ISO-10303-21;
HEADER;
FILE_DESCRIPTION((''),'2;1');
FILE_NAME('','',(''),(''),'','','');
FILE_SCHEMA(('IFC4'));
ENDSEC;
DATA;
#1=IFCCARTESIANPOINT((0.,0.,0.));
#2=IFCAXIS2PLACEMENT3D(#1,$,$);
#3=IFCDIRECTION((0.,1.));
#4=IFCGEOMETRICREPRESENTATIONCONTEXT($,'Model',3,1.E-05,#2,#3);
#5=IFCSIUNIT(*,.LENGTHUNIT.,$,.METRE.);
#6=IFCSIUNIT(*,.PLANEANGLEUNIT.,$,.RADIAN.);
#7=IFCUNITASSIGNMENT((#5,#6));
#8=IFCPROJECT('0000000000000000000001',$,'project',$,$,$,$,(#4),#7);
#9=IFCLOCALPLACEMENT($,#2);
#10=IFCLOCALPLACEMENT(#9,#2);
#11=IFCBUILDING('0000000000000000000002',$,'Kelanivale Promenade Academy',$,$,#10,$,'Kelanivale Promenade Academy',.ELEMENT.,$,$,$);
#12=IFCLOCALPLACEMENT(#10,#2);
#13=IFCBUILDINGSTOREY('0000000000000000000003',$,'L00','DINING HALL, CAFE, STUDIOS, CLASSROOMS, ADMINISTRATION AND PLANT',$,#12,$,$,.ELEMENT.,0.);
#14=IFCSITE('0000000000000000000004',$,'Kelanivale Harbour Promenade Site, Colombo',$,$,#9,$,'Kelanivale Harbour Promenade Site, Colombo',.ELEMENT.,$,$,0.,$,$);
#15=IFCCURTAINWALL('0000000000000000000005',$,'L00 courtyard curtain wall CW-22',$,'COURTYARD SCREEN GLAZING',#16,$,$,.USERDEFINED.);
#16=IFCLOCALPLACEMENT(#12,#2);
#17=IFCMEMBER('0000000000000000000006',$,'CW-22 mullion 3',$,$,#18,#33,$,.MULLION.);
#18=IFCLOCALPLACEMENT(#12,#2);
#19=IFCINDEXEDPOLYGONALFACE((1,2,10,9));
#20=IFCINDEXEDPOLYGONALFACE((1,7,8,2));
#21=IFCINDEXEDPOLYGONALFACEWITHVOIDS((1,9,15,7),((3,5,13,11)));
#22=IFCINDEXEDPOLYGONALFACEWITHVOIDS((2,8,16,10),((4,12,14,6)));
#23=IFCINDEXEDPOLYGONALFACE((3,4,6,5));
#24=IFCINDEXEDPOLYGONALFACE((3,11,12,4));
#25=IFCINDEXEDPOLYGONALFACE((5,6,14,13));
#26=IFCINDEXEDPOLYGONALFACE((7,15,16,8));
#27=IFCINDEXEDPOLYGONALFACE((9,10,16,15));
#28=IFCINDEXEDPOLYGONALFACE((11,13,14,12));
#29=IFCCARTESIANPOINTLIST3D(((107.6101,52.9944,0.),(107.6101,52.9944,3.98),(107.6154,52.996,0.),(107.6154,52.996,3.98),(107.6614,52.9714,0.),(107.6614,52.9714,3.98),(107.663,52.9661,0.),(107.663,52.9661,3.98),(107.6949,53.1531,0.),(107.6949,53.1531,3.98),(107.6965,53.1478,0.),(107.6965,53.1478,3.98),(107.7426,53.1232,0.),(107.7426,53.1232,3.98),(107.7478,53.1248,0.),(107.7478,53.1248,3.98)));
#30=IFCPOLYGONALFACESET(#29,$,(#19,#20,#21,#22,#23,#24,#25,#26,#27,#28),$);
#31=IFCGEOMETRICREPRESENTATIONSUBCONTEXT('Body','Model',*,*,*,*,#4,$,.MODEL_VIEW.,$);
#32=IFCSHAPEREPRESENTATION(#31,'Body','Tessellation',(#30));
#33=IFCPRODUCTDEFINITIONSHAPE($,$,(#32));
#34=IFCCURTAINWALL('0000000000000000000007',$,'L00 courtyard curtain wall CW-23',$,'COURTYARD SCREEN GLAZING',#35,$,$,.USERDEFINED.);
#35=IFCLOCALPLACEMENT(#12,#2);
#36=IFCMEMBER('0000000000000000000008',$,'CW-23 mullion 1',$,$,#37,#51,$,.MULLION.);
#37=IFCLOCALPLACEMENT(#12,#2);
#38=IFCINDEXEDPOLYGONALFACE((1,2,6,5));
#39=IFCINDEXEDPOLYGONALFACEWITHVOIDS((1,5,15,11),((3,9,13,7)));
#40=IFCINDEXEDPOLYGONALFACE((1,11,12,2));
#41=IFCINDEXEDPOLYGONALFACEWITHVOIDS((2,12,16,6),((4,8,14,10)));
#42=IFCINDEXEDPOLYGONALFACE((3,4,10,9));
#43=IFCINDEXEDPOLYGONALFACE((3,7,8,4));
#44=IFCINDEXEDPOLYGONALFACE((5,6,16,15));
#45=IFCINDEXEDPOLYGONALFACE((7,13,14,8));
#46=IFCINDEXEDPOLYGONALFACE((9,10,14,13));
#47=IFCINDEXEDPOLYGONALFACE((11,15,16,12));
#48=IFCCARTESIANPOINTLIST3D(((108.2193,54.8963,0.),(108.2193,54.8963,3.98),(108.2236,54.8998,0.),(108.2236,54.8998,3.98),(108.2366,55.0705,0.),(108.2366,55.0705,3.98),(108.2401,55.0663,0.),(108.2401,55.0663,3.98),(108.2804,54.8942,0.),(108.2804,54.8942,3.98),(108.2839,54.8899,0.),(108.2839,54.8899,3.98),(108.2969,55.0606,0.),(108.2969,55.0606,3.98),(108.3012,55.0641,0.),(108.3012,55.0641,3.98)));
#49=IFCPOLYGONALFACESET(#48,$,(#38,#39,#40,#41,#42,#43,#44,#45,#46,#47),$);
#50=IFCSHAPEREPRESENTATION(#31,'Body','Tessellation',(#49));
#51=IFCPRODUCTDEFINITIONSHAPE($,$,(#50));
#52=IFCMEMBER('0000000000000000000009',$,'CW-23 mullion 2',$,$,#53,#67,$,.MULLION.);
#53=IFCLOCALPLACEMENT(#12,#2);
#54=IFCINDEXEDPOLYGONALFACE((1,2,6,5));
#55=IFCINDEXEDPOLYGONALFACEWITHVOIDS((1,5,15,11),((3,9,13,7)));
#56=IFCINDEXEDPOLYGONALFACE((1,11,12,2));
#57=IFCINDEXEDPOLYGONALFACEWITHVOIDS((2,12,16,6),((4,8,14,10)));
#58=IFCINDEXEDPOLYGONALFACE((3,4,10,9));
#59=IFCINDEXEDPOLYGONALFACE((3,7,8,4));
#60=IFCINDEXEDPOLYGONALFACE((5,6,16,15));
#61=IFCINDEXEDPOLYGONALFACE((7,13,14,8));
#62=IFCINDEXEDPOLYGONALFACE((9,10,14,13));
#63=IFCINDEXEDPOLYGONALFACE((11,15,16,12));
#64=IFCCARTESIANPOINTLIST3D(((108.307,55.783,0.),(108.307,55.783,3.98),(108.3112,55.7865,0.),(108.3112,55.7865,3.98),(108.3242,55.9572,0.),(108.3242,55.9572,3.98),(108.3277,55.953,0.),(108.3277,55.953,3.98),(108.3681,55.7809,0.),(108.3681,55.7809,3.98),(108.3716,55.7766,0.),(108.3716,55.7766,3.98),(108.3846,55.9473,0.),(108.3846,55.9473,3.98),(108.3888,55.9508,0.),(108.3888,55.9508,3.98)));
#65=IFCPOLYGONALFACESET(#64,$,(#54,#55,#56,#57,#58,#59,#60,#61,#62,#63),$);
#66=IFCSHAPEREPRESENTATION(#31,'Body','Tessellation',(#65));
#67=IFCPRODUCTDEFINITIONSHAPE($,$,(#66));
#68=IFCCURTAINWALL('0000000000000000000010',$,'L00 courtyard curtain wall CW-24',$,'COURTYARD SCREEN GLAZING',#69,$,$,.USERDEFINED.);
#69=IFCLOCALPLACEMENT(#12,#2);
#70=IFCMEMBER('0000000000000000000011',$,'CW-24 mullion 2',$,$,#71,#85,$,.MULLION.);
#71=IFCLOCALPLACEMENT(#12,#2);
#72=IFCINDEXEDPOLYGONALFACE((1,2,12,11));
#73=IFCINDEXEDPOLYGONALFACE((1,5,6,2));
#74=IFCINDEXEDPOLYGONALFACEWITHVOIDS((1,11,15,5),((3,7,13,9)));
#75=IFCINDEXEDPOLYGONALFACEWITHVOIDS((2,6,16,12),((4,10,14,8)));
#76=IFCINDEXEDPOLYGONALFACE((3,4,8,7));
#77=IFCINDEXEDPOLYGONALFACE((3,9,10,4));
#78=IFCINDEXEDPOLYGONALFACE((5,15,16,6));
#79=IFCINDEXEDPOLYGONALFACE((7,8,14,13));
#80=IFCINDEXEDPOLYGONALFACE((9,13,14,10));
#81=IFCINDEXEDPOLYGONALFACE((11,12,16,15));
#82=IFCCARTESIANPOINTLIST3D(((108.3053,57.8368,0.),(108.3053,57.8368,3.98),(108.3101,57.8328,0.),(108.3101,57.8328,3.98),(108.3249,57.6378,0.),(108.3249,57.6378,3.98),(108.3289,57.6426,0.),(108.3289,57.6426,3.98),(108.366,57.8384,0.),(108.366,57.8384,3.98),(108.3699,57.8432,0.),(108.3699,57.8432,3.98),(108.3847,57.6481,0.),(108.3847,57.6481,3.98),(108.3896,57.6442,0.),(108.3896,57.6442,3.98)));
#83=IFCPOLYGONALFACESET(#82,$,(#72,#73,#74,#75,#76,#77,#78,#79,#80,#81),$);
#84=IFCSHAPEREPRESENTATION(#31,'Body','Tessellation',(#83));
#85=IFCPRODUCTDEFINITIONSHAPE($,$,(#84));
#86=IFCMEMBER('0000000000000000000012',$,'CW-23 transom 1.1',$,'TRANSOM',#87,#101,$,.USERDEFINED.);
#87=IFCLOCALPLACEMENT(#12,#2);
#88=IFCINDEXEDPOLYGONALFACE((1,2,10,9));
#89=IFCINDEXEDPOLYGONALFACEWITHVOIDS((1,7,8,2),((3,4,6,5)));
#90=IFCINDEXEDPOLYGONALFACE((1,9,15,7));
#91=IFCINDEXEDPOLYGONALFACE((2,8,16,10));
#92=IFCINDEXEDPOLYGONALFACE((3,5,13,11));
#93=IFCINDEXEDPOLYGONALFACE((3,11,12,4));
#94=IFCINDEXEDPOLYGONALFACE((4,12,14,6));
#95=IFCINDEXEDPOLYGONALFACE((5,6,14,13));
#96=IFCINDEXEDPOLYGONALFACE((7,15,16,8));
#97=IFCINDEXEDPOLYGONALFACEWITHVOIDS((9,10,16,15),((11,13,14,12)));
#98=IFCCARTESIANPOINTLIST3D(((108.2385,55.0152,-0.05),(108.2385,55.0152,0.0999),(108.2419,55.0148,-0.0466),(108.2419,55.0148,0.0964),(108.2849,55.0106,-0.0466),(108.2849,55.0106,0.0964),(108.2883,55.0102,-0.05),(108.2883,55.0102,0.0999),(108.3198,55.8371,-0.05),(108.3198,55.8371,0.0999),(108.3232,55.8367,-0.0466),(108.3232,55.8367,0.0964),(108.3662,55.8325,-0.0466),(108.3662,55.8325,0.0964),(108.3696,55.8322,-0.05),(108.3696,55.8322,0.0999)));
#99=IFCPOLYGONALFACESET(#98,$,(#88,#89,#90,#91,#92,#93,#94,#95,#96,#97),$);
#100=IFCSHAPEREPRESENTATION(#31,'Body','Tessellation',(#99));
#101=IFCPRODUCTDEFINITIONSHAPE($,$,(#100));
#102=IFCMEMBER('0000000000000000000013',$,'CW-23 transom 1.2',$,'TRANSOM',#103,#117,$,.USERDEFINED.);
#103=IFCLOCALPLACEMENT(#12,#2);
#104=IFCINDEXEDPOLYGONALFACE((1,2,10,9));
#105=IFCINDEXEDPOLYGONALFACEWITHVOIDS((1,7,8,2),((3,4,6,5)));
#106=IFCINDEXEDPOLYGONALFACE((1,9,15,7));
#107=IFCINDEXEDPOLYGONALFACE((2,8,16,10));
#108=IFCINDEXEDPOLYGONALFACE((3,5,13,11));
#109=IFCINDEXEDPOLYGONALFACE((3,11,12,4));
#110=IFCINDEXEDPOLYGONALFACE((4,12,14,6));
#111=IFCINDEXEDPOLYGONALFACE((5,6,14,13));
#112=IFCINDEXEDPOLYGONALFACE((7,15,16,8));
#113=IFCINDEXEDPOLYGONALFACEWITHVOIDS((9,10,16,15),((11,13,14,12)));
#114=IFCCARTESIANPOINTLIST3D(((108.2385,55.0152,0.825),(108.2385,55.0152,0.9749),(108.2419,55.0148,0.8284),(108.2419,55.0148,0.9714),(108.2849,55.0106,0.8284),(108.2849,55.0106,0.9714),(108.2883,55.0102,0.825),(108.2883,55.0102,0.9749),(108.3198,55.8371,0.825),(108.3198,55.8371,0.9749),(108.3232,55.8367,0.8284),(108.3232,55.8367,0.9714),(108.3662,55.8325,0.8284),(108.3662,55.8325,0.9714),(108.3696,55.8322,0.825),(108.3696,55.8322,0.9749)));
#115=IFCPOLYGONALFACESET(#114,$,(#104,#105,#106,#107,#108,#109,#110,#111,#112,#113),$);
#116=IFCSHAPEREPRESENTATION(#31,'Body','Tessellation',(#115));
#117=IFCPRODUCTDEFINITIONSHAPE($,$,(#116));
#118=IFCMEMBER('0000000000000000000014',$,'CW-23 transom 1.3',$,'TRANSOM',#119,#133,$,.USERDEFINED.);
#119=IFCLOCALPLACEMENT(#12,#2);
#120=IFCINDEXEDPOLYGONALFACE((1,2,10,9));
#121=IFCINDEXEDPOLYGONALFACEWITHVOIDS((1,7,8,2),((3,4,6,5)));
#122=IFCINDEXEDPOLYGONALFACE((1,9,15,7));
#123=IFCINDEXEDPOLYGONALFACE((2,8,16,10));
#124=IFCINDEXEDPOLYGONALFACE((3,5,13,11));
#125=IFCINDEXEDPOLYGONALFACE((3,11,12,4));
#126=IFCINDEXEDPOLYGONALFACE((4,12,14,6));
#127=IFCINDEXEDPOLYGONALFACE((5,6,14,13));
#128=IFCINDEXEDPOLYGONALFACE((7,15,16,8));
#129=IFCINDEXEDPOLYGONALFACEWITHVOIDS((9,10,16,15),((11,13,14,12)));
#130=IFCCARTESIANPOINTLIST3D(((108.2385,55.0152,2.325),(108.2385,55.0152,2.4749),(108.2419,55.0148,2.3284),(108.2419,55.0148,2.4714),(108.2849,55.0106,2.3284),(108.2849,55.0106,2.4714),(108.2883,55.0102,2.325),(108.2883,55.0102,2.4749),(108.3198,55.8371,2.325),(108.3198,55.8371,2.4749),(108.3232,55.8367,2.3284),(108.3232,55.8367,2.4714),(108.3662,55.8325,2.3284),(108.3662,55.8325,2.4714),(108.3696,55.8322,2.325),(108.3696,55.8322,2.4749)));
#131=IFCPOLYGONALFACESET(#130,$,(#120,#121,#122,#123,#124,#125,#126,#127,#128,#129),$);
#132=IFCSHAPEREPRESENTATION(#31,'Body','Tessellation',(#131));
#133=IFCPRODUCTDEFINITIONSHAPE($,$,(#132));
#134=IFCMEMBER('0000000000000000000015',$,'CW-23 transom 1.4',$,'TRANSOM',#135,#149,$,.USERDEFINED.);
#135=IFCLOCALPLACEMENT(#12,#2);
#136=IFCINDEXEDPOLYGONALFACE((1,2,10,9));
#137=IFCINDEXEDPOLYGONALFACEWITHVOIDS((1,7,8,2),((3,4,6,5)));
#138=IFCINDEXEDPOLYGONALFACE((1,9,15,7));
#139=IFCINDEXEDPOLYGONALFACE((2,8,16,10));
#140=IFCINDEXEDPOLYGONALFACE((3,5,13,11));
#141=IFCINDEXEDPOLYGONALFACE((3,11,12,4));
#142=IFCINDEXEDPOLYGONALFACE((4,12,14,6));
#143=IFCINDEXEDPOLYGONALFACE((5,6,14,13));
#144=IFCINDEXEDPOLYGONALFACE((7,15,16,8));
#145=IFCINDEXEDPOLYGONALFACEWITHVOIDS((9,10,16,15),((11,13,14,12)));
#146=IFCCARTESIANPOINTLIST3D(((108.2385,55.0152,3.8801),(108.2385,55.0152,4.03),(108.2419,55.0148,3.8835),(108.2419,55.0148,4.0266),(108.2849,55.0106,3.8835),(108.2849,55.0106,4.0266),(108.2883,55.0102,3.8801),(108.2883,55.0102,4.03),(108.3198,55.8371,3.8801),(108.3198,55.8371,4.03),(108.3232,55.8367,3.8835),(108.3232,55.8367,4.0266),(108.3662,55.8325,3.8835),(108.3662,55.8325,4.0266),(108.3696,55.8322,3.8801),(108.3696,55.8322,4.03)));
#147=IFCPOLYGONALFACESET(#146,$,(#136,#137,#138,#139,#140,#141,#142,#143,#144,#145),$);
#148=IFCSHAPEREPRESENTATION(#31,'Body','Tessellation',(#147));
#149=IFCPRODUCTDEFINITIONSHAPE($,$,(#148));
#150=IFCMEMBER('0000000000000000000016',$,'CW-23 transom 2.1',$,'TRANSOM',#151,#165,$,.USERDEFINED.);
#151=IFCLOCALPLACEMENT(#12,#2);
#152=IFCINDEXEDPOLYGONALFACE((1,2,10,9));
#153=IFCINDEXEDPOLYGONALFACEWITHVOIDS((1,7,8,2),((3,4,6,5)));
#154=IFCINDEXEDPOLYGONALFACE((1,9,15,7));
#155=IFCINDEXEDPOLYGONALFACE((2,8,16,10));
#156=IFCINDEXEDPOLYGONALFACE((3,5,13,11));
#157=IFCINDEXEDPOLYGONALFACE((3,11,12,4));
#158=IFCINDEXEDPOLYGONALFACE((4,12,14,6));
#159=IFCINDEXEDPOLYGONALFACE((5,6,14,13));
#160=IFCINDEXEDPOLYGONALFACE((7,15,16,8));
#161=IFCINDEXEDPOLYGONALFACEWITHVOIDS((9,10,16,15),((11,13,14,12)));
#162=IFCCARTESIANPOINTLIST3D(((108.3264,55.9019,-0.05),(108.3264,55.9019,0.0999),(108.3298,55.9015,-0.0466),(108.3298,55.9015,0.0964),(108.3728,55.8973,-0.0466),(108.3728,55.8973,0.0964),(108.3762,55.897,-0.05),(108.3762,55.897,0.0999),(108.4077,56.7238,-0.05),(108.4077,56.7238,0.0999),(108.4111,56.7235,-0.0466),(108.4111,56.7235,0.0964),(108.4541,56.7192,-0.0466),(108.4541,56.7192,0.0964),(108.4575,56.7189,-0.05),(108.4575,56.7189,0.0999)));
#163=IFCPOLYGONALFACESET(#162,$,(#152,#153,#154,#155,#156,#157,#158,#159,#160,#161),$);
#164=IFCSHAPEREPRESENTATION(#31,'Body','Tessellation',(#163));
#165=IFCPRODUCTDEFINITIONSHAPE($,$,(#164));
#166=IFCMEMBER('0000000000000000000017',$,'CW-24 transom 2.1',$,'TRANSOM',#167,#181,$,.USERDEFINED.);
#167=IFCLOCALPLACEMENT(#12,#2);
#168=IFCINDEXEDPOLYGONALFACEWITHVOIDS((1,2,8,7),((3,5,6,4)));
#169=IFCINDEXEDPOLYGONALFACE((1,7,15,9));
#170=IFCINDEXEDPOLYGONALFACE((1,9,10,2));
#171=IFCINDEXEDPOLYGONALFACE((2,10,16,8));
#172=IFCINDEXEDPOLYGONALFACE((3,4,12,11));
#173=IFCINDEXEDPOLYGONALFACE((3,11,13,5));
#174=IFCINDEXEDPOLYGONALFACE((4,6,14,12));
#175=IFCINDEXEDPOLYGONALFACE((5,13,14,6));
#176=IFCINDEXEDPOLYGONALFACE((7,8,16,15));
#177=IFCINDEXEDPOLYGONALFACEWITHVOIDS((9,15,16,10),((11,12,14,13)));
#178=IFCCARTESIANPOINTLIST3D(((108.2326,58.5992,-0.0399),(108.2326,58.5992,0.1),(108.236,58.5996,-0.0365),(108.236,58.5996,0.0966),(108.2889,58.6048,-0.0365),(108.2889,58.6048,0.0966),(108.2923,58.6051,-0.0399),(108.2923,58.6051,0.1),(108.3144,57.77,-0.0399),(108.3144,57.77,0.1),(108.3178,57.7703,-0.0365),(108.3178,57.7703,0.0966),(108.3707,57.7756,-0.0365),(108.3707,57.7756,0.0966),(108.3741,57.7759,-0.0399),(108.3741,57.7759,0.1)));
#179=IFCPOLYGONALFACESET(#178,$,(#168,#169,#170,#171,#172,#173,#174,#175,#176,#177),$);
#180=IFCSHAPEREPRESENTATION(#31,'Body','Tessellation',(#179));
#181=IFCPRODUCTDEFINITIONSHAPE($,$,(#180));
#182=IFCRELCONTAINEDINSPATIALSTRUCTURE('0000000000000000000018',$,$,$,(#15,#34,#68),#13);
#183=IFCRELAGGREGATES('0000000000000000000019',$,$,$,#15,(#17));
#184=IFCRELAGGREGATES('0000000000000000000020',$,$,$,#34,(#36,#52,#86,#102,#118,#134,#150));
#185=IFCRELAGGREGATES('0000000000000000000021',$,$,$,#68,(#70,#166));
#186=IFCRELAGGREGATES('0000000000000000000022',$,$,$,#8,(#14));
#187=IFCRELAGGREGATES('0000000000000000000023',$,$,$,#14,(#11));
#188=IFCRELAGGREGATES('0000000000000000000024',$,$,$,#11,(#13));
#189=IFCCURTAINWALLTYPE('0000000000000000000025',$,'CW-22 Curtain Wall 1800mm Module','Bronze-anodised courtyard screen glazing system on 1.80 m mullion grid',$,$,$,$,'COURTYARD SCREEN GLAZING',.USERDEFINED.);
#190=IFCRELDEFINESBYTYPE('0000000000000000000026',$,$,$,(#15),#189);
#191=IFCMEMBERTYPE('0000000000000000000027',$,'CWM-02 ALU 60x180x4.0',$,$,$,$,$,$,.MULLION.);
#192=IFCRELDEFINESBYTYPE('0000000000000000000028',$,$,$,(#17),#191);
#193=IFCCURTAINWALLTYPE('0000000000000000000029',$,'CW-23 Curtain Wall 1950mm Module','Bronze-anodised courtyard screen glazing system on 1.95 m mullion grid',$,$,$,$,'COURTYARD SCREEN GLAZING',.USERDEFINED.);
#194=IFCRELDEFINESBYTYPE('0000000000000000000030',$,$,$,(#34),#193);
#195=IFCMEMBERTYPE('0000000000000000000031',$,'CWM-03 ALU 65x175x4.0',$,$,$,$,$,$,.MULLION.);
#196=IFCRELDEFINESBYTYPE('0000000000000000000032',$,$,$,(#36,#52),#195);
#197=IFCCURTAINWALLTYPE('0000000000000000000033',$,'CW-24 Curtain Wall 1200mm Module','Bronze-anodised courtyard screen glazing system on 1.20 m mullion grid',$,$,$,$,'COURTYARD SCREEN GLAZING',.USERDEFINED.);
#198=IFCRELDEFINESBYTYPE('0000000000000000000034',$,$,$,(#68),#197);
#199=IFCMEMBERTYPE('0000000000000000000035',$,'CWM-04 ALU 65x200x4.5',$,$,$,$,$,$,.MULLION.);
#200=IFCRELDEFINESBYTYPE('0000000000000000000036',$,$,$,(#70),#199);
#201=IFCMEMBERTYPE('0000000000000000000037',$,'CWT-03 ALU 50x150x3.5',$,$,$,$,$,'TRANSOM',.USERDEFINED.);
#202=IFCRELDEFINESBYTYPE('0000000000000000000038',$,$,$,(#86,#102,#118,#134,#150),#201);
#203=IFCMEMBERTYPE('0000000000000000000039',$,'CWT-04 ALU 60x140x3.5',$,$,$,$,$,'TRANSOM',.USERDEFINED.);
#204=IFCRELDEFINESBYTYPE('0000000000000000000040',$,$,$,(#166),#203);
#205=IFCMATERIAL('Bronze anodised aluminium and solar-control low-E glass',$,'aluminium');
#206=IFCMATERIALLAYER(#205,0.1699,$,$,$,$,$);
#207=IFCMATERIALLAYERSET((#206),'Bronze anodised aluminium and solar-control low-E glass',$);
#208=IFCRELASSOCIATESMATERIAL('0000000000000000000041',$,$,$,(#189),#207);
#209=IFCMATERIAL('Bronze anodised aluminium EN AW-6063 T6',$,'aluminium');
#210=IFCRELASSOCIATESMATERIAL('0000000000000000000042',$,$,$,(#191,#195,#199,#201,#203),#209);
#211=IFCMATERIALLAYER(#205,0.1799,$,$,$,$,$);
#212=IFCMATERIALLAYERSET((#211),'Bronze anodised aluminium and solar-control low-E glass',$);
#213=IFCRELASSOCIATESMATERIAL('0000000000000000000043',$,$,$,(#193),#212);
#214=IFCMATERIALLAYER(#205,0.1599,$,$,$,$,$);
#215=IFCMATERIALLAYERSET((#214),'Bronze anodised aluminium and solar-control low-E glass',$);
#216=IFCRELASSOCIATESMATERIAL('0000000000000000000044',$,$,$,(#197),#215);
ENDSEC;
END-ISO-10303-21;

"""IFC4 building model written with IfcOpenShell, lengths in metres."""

from ifc_helpers import new_model, si_unit, direction, frame, origin, origin_2d, place, context, subcontext, project, spatial, hollow_rectangle, extrude, material, layer, layer_set, material_profile, profile_set, type_object, element, aggregate, save


model = new_model("IFC4")

# Units and contexts
model_context = context("Model", 3, precision=1e-05, world=origin(), true_north=direction((0.0, 1.0)))
body_context = subcontext(model_context, "Body", "Model", "MODEL_VIEW")
ifc_project = project(units=[si_unit("LENGTHUNIT", "METRE"), si_unit("PLANEANGLEUNIT", "RADIAN")], contexts=[model_context])

# Site, building, storey
site_placement = place(None, origin())
site = spatial("IfcSite", under=ifc_project, at=site_placement, Name="Kelanivale Harbour Promenade Site, Colombo", LongName="Kelanivale Harbour Promenade Site, Colombo", CompositionType="ELEMENT", RefElevation=0.0)
building_placement = place(site_placement, origin())
building = spatial("IfcBuilding", under=site, at=building_placement, Name="Kelanivale Promenade Academy", LongName="Kelanivale Promenade Academy", CompositionType="ELEMENT")
storey_placement = place(building_placement, origin())
storey = spatial("IfcBuildingStorey", under=building, at=storey_placement, Name="L00", Description="DINING HALL, CAFE, STUDIOS, CLASSROOMS, ADMINISTRATION AND PLANT", CompositionType="ELEMENT", Elevation=0.0)

# Curtain wall, member
ifc_material_1 = material(Name="Bronze anodised aluminium and solar-control low-E glass", Category="aluminium")
ifc_layer_1 = layer(ifc_material_1, 0.1699)
ifc_layer_set_1 = layer_set([ifc_layer_1], Name="Bronze anodised aluminium and solar-control low-E glass")
curtain_wall_type_1 = type_object("IfcCurtainWallType", Name="CW-22 Curtain Wall 1800mm Module", Description="Bronze-anodised courtyard screen glazing system on 1.80 m mullion grid", ElementType="COURTYARD SCREEN GLAZING", PredefinedType="USERDEFINED", material=ifc_layer_set_1)
curtain_wall_1_placement = place(storey_placement, origin())
curtain_wall_1 = element("IfcCurtainWall", 1, at=curtain_wall_1_placement, inside=storey, type_object=curtain_wall_type_1, Name="L00 courtyard curtain wall CW-22", ObjectType="COURTYARD SCREEN GLAZING", PredefinedType="USERDEFINED")
ifc_material_2 = material(Name="Bronze anodised aluminium EN AW-6063 T6", Category="aluminium")
ifc_material_profile_1 = material_profile(ifc_material_2, hollow_rectangle(XDim=0.0601, YDim=0.1799, WallThickness=0.0039, at=origin_2d()), Name="ALU 60x180x4.0")
ifc_profile_set_1 = profile_set([ifc_material_profile_1], Name="Bronze anodised aluminium EN AW-6063 T6")
member_type_1 = type_object("IfcMemberType", Name="CWM-02 ALU 60x180x4.0", PredefinedType="MULLION", material=ifc_profile_set_1)
member_1_placement = place(storey_placement, frame((107.679, 53.0596, 0.0), z_axis=(0.0, 0.0, 1.0), x_axis=(-0.881978, 0.47129, 0.0)))
member_1 = element("IfcMember", 2, at=member_1_placement, type_object=member_type_1, Name="CW-22 mullion 3", PredefinedType="MULLION", context=body_context, shape_type="SweptSolid", body=[
    extrude(hollow_rectangle(XDim=0.0601, YDim=0.1799, WallThickness=0.0039, at=origin_2d()), origin(), (0.0, 0.0, 1.0), 3.98),
])

# Curtain wall, members
ifc_layer_2 = layer(ifc_material_1, 0.1799)
ifc_layer_set_2 = layer_set([ifc_layer_2], Name="Bronze anodised aluminium and solar-control low-E glass")
curtain_wall_type_2 = type_object("IfcCurtainWallType", Name="CW-23 Curtain Wall 1950mm Module", Description="Bronze-anodised courtyard screen glazing system on 1.95 m mullion grid", ElementType="COURTYARD SCREEN GLAZING", PredefinedType="USERDEFINED", material=ifc_layer_set_2)
curtain_wall_2_placement = place(storey_placement, origin())
curtain_wall_2 = element("IfcCurtainWall", 3, at=curtain_wall_2_placement, inside=storey, type_object=curtain_wall_type_2, Name="L00 courtyard curtain wall CW-23", ObjectType="COURTYARD SCREEN GLAZING", PredefinedType="USERDEFINED")
ifc_material_profile_2 = material_profile(ifc_material_2, hollow_rectangle(XDim=0.0649, YDim=0.175, WallThickness=0.0039, at=origin_2d()), Name="ALU 65x175x4.0")
ifc_profile_set_2 = profile_set([ifc_material_profile_2], Name="Bronze anodised aluminium EN AW-6063 T6")
member_type_2 = type_object("IfcMemberType", Name="CWM-03 ALU 65x175x4.0", PredefinedType="MULLION", material=ifc_profile_set_2)
member_2_placement = place(storey_placement, frame((108.2603, 54.9802, 0.0), z_axis=(0.0, 0.0, 1.0), x_axis=(-0.995133, 0.098539, 0.0)))
member_2 = element("IfcMember", 4, at=member_2_placement, type_object=member_type_2, Name="CW-23 mullion 1", PredefinedType="MULLION", context=body_context, shape_type="SweptSolid", body=[
    extrude(hollow_rectangle(XDim=0.0649, YDim=0.175, WallThickness=0.0039, at=origin_2d()), origin(), (0.0, 0.0, 1.0), 3.98),
])
member_3_placement = place(storey_placement, frame((108.3479, 55.8669, 0.0), z_axis=(0.0, 0.0, 1.0), x_axis=(-0.995133, 0.098539, 0.0)))
member_3 = element("IfcMember", 5, at=member_3_placement, type_object=member_type_2, Name="CW-23 mullion 2", PredefinedType="MULLION", context=body_context, shape_type="SweptSolid", body=[
    extrude(hollow_rectangle(XDim=0.0649, YDim=0.175, WallThickness=0.0039, at=origin_2d()), origin(), (0.0, 0.0, 1.0), 3.98),
])

# Curtain wall, member
ifc_layer_3 = layer(ifc_material_1, 0.1599)
ifc_layer_set_3 = layer_set([ifc_layer_3], Name="Bronze anodised aluminium and solar-control low-E glass")
curtain_wall_type_3 = type_object("IfcCurtainWallType", Name="CW-24 Curtain Wall 1200mm Module", Description="Bronze-anodised courtyard screen glazing system on 1.20 m mullion grid", ElementType="COURTYARD SCREEN GLAZING", PredefinedType="USERDEFINED", material=ifc_layer_set_3)
curtain_wall_3_placement = place(storey_placement, origin())
curtain_wall_3 = element("IfcCurtainWall", 6, at=curtain_wall_3_placement, inside=storey, type_object=curtain_wall_type_3, Name="L00 courtyard curtain wall CW-24", ObjectType="COURTYARD SCREEN GLAZING", PredefinedType="USERDEFINED")
ifc_material_profile_3 = material_profile(ifc_material_2, hollow_rectangle(XDim=0.0649, YDim=0.2, WallThickness=0.0044, at=origin_2d()), Name="ALU 65x200x4.5")
ifc_profile_set_3 = profile_set([ifc_material_profile_3], Name="Bronze anodised aluminium EN AW-6063 T6")
member_type_3 = type_object("IfcMemberType", Name="CWM-04 ALU 65x200x4.5", PredefinedType="MULLION", material=ifc_profile_set_3)
member_4_placement = place(storey_placement, frame((108.3474, 57.7405, 0.0), z_axis=(0.0, 0.0, 1.0), x_axis=(-0.995159, -0.098281, 0.0)))
member_4 = element("IfcMember", 7, at=member_4_placement, type_object=member_type_3, Name="CW-24 mullion 2", PredefinedType="MULLION", context=body_context, shape_type="SweptSolid", body=[
    extrude(hollow_rectangle(XDim=0.0649, YDim=0.2, WallThickness=0.0044, at=origin_2d()), origin(), (0.0, 0.0, 1.0), 3.98),
])

# Members
ifc_material_profile_4 = material_profile(ifc_material_2, hollow_rectangle(XDim=0.05, YDim=0.1499, WallThickness=0.0034, at=origin_2d()), Name="ALU 50x150x3.5")
ifc_profile_set_4 = profile_set([ifc_material_profile_4], Name="Bronze anodised aluminium EN AW-6063 T6")
member_type_4 = type_object("IfcMemberType", Name="CWT-03 ALU 50x150x3.5", ElementType="TRANSOM", PredefinedType="USERDEFINED", material=ifc_profile_set_4)
member_5_placement = place(storey_placement, frame((108.2634, 55.0127, 0.0249), z_axis=(0.098421, 0.995145, 0.0), x_axis=(-0.995145, 0.098421, 0.0)))
member_5 = element("IfcMember", 8, at=member_5_placement, type_object=member_type_4, Name="CW-23 transom 1.1", ObjectType="TRANSOM", PredefinedType="USERDEFINED", context=body_context, shape_type="SweptSolid", body=[
    extrude(hollow_rectangle(XDim=0.05, YDim=0.1499, WallThickness=0.0034, at=origin_2d()), origin(), (0.0, 0.0, 1.0), 0.8259),
])
member_6_placement = place(storey_placement, frame((108.2634, 55.0127, 0.8999), z_axis=(0.098421, 0.995145, 0.0), x_axis=(-0.995145, 0.098421, 0.0)))
member_6 = element("IfcMember", 9, at=member_6_placement, type_object=member_type_4, Name="CW-23 transom 1.2", ObjectType="TRANSOM", PredefinedType="USERDEFINED", context=body_context, shape_type="SweptSolid", body=[
    extrude(hollow_rectangle(XDim=0.05, YDim=0.1499, WallThickness=0.0034, at=origin_2d()), origin(), (0.0, 0.0, 1.0), 0.8259),
])
member_7_placement = place(storey_placement, frame((108.2634, 55.0127, 2.3999), z_axis=(0.098421, 0.995145, 0.0), x_axis=(-0.995145, 0.098421, 0.0)))
member_7 = element("IfcMember", 10, at=member_7_placement, type_object=member_type_4, Name="CW-23 transom 1.3", ObjectType="TRANSOM", PredefinedType="USERDEFINED", context=body_context, shape_type="SweptSolid", body=[
    extrude(hollow_rectangle(XDim=0.05, YDim=0.1499, WallThickness=0.0034, at=origin_2d()), origin(), (0.0, 0.0, 1.0), 0.8259),
])
member_8_placement = place(storey_placement, frame((108.2634, 55.0127, 3.9551), z_axis=(0.098421, 0.995145, 0.0), x_axis=(-0.995145, 0.098421, 0.0)))
member_8 = element("IfcMember", 11, at=member_8_placement, type_object=member_type_4, Name="CW-23 transom 1.4", ObjectType="TRANSOM", PredefinedType="USERDEFINED", context=body_context, shape_type="SweptSolid", body=[
    extrude(hollow_rectangle(XDim=0.05, YDim=0.1499, WallThickness=0.0034, at=origin_2d()), origin(), (0.0, 0.0, 1.0), 0.8259),
])
member_9_placement = place(storey_placement, frame((108.3513, 55.8994, 0.0249), z_axis=(0.098421, 0.995145, 0.0), x_axis=(-0.995145, 0.098421, 0.0)))
member_9 = element("IfcMember", 12, at=member_9_placement, type_object=member_type_4, Name="CW-23 transom 2.1", ObjectType="TRANSOM", PredefinedType="USERDEFINED", context=body_context, shape_type="SweptSolid", body=[
    extrude(hollow_rectangle(XDim=0.05, YDim=0.1499, WallThickness=0.0034, at=origin_2d()), origin(), (0.0, 0.0, 1.0), 0.8259),
])
ifc_material_profile_5 = material_profile(ifc_material_2, hollow_rectangle(XDim=0.0601, YDim=0.1399, WallThickness=0.0034, at=origin_2d()), Name="ALU 60x140x3.5")
ifc_profile_set_5 = profile_set([ifc_material_profile_5], Name="Bronze anodised aluminium EN AW-6063 T6")
member_type_5 = type_object("IfcMemberType", Name="CWT-04 ALU 60x140x3.5", ElementType="TRANSOM", PredefinedType="USERDEFINED", material=ifc_profile_set_5)
member_10_placement = place(storey_placement, frame((108.3442, 57.7729, 0.03), z_axis=(-0.09814, 0.995173, 0.0), x_axis=(-0.995173, -0.09814, 0.0)))
member_10 = element("IfcMember", 13, at=member_10_placement, type_object=member_type_5, Name="CW-24 transom 2.1", ObjectType="TRANSOM", PredefinedType="USERDEFINED", context=body_context, shape_type="SweptSolid", body=[
    extrude(hollow_rectangle(XDim=0.0601, YDim=0.1399, WallThickness=0.0034, at=origin_2d()), origin(), (0.0, 0.0, 1.0), 0.8333),
])

aggregate(curtain_wall_1, [member_1])
aggregate(curtain_wall_2, [member_2, member_3, member_5, member_6, member_7, member_8, member_9])
aggregate(curtain_wall_3, [member_4, member_10])

save(model, "model.ifc")
